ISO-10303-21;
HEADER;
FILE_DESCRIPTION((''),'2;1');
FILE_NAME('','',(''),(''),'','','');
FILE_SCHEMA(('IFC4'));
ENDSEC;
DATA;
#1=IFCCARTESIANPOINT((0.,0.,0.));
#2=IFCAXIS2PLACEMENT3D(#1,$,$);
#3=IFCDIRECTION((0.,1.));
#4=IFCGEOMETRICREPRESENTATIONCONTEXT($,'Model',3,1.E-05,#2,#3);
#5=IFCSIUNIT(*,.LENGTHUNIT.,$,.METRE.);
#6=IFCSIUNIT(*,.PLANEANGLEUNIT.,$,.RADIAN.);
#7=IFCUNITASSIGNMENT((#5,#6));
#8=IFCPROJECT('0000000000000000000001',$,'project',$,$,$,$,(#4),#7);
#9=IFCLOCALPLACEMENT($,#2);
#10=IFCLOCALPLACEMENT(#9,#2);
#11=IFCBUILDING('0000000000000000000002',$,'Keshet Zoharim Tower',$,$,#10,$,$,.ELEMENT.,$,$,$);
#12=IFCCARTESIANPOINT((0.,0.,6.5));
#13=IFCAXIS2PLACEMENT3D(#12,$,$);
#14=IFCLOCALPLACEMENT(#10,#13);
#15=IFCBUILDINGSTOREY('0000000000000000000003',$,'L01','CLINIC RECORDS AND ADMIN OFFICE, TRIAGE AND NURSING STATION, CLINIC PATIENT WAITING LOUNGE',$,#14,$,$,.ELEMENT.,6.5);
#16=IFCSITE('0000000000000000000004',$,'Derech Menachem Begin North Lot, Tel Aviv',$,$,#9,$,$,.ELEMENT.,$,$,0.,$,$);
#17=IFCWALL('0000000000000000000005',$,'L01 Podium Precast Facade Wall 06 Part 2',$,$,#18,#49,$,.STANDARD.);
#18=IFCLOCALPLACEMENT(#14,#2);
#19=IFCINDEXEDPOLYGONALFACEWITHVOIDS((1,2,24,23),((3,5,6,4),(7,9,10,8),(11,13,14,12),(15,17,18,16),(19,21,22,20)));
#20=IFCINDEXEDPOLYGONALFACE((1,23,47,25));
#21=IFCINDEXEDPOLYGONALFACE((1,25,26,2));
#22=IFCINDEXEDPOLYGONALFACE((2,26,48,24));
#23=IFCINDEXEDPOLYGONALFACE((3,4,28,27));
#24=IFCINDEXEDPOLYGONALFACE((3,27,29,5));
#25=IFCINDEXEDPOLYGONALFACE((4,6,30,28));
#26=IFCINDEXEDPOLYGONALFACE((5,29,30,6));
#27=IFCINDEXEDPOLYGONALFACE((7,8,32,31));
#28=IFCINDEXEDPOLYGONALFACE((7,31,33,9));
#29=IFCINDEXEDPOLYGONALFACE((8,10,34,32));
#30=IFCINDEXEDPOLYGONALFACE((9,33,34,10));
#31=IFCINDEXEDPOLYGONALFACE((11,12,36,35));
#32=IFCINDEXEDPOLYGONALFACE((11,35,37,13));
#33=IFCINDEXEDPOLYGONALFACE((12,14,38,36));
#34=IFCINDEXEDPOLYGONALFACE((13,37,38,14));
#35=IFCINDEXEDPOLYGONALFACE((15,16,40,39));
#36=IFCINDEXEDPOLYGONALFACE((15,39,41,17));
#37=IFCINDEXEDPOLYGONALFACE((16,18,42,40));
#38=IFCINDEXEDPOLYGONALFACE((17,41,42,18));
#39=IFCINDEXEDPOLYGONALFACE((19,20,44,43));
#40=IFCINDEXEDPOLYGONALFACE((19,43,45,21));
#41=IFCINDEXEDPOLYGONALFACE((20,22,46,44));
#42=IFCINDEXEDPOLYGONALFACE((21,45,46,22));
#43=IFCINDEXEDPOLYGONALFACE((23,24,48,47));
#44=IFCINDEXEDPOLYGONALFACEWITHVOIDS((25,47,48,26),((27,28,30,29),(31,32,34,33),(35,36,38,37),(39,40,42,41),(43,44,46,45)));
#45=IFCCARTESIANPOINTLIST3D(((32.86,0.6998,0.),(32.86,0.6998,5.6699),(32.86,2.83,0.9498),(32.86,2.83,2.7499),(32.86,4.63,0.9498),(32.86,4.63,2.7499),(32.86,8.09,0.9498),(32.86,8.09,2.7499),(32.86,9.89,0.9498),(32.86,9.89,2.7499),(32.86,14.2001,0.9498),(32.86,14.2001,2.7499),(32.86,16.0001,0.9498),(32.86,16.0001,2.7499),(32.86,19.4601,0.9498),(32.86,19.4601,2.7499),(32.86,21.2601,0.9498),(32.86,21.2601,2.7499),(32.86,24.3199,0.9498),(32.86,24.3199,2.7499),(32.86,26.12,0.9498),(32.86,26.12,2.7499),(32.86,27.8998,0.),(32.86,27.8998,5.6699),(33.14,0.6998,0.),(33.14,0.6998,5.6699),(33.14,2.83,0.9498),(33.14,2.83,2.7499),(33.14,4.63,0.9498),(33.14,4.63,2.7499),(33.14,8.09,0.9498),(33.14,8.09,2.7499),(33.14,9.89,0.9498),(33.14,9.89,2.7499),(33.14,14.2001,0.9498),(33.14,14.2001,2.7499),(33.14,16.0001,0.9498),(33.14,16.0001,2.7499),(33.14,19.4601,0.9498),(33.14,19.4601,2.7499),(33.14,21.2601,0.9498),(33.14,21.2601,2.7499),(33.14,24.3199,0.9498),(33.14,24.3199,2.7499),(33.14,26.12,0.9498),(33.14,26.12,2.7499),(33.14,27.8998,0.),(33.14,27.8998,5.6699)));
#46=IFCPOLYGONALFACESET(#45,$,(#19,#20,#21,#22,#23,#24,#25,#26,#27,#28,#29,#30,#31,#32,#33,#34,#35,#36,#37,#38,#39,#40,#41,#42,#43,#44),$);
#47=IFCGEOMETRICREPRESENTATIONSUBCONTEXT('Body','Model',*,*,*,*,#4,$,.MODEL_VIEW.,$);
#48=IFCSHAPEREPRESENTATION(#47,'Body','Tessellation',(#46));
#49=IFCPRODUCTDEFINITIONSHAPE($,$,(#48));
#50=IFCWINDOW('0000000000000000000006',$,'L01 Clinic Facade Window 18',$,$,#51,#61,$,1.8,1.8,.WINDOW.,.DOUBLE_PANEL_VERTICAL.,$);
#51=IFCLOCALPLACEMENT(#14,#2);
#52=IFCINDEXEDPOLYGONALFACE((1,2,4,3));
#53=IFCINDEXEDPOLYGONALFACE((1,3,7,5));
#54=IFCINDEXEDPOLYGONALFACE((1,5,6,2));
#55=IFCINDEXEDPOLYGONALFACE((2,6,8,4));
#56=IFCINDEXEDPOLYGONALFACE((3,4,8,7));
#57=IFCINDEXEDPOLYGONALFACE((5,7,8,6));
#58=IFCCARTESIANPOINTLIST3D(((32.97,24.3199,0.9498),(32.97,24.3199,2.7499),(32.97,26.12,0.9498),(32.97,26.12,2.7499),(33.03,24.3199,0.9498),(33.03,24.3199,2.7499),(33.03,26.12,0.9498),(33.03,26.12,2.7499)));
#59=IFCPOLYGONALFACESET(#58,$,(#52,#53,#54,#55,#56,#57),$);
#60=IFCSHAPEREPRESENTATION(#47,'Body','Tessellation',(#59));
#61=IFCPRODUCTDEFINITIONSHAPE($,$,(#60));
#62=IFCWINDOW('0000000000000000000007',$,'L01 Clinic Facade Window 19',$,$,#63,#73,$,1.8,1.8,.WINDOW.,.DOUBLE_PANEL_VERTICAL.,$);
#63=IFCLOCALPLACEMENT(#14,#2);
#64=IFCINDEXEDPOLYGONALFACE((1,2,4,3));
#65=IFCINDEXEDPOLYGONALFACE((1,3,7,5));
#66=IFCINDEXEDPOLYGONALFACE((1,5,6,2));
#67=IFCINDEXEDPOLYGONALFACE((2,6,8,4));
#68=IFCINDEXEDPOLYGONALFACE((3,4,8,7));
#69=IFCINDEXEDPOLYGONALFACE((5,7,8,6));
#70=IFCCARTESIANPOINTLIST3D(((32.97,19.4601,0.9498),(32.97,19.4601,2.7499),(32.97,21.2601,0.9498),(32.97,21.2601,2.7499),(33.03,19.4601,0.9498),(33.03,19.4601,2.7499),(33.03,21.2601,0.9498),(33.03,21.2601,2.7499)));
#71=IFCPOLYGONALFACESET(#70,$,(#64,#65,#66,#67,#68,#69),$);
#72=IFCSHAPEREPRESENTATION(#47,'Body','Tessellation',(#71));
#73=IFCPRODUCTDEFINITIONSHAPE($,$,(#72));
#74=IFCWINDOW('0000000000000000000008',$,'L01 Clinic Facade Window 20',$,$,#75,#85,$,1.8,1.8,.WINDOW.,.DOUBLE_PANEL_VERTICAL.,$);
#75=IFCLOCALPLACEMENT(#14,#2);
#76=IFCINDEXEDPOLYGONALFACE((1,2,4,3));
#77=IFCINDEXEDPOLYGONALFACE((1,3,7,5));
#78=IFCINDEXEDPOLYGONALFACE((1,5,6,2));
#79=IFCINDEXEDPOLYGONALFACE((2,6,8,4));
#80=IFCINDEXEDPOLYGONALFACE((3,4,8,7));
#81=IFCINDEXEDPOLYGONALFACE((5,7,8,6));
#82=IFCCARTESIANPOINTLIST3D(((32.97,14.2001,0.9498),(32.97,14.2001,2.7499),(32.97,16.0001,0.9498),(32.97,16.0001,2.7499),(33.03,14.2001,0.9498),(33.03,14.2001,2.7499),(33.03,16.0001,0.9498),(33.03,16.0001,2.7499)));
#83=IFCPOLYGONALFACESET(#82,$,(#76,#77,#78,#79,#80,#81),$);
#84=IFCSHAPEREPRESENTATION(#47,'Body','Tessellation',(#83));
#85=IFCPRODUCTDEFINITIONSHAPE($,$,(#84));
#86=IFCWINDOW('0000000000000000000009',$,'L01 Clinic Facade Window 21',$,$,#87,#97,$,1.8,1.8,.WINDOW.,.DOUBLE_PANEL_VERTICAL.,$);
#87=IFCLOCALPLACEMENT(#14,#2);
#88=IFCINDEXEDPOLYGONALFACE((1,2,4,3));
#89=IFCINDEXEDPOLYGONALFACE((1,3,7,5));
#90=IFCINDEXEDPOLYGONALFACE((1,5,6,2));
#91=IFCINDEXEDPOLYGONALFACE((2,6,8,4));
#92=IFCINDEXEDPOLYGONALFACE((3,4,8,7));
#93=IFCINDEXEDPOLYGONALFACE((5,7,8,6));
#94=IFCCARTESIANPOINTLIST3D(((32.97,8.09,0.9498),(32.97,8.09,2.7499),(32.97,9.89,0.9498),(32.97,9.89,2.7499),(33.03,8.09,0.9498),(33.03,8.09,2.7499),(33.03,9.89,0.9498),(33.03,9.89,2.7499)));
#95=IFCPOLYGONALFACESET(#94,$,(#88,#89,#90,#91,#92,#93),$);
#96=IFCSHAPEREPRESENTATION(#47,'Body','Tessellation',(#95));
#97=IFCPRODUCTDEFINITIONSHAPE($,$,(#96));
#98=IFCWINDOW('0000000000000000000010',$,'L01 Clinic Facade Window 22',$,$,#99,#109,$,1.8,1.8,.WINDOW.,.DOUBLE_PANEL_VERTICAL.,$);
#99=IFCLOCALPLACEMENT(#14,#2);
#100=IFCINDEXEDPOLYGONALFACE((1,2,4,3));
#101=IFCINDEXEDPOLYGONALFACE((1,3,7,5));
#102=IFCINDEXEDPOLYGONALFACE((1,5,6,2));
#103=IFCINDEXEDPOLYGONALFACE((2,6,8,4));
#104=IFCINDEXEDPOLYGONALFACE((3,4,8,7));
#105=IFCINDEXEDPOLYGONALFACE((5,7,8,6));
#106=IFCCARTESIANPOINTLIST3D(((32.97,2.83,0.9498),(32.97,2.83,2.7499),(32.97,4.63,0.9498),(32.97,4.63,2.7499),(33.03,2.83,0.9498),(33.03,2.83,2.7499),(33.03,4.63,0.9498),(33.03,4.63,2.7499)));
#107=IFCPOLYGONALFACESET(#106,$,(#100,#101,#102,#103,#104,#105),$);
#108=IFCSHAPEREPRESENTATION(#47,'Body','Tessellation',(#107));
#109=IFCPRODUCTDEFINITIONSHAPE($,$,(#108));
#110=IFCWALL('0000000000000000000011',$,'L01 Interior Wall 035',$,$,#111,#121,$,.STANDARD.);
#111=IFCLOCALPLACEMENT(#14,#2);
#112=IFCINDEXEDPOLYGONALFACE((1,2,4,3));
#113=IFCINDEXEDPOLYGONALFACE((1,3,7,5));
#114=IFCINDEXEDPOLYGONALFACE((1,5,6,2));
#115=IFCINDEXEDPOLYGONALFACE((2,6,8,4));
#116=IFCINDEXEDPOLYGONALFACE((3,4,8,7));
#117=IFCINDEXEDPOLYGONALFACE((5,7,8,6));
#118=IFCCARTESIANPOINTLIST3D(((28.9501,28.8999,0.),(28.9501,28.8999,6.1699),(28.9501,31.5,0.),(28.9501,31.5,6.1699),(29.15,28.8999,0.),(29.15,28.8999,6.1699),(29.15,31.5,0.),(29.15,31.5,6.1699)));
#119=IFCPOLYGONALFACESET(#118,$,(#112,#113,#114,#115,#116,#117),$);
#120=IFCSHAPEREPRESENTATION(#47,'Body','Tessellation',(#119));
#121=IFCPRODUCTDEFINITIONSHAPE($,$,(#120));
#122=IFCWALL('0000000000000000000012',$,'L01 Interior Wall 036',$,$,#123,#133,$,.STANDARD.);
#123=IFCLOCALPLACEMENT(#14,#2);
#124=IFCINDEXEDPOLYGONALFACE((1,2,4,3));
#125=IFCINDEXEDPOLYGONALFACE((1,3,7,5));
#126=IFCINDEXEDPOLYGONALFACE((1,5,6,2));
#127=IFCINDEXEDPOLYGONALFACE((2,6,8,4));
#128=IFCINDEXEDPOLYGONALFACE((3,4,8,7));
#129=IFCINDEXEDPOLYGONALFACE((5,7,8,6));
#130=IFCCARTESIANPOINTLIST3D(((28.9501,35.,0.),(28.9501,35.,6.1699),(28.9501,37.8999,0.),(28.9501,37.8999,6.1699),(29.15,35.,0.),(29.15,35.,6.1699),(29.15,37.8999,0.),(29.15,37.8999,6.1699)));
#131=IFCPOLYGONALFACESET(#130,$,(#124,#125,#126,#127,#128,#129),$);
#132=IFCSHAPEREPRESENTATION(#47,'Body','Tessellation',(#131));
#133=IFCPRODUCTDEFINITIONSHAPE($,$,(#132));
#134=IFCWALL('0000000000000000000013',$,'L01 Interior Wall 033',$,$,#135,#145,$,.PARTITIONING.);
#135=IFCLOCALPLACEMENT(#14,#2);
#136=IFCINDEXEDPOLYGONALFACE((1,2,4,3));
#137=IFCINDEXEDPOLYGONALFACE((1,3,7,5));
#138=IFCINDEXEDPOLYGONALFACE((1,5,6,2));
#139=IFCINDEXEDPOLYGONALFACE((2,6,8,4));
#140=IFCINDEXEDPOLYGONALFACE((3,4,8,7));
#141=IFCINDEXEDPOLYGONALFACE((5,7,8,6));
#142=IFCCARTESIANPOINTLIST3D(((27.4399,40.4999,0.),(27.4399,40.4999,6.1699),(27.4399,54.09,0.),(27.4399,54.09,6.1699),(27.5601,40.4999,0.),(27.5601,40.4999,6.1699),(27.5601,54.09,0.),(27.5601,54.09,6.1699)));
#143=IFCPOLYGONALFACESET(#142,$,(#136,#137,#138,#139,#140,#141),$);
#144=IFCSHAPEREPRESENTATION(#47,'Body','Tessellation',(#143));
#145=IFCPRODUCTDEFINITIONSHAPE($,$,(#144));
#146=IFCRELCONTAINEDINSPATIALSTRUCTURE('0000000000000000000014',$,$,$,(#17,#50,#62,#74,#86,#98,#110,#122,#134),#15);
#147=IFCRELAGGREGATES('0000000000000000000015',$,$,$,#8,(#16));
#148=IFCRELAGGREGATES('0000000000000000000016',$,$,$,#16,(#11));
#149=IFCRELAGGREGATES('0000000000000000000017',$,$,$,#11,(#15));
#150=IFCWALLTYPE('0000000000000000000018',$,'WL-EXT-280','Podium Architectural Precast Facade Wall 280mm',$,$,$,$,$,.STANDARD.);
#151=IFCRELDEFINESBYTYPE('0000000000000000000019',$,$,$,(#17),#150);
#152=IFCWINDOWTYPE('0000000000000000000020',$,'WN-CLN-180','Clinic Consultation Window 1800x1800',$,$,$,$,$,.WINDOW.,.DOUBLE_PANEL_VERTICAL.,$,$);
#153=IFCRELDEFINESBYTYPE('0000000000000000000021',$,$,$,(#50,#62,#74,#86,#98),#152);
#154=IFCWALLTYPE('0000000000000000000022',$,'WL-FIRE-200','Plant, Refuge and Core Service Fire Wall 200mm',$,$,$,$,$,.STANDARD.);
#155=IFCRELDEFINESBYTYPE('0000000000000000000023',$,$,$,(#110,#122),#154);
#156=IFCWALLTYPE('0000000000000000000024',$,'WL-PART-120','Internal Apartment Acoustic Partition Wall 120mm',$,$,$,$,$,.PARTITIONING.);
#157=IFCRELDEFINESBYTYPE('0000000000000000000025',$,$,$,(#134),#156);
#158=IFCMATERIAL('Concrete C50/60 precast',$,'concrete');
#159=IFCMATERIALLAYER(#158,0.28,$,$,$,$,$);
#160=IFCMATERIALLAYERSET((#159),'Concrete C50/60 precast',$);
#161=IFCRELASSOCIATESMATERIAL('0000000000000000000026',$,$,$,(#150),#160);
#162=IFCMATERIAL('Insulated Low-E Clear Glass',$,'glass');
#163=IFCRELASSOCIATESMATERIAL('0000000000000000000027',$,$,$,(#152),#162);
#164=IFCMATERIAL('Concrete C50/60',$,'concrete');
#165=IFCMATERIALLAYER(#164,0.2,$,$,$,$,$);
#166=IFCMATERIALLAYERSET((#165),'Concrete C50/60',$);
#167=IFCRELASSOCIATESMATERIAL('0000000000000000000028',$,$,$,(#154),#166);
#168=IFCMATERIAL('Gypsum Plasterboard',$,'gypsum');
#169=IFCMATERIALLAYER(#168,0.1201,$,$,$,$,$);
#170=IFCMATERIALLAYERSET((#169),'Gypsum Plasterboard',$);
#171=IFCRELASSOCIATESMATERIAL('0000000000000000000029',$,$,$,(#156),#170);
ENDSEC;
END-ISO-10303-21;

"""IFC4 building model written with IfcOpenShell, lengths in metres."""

from ifc_helpers import new_model, si_unit, direction, frame, frame_2d, origin, place, context, subcontext, project, spatial, rectangle, extrude, material, layer, layer_set, type_object, element, fill, save


model = new_model("IFC4")

# Units and contexts
model_context = context("Model", 3, precision=1e-05, world=origin(), true_north=direction((0.0, 1.0)))
body_context = subcontext(model_context, "Body", "Model", "MODEL_VIEW")
ifc_project = project(units=[si_unit("LENGTHUNIT", "METRE"), si_unit("PLANEANGLEUNIT", "RADIAN")], contexts=[model_context])

# Site, building, storey
site_placement = place(None, origin())
site = spatial("IfcSite", under=ifc_project, at=site_placement, Name="Derech Menachem Begin North Lot, Tel Aviv", CompositionType="ELEMENT", RefElevation=0.0)
building_placement = place(site_placement, origin())
building = spatial("IfcBuilding", under=site, at=building_placement, Name="Keshet Zoharim Tower", CompositionType="ELEMENT")
storey_placement = place(building_placement, frame((0.0, 0.0, 6.5)))
storey = spatial("IfcBuildingStorey", under=building, at=storey_placement, Name="L01", Description="CLINIC RECORDS AND ADMIN OFFICE, TRIAGE AND NURSING STATION, CLINIC PATIENT WAITING LOUNGE", CompositionType="ELEMENT", Elevation=6.5)

# Shared definitions
ifc_material_1 = material(Name="Concrete C50/60", Category="concrete")

# Wall, openings, windows
ifc_material_2 = material(Name="Concrete C50/60 precast", Category="concrete")
ifc_layer_1 = layer(ifc_material_2, 0.28)
ifc_layer_set_1 = layer_set([ifc_layer_1], Name="Concrete C50/60 precast")
wall_type_1 = type_object("IfcWallType", Name="WL-EXT-280", Description="Podium Architectural Precast Facade Wall 280mm", PredefinedType="STANDARD", material=ifc_layer_set_1)
wall_1_placement = place(storey_placement, frame((33.0, 27.8999, 0.0), z_axis=(0.0, 0.0, 1.0), x_axis=(0.0, -1.0, 0.0)))
wall_1 = element("IfcWall", 1, at=wall_1_placement, inside=storey, type_object=wall_type_1, Name="L01 Podium Precast Facade Wall 06 Part 2", PredefinedType="STANDARD", context=body_context, shape_type="SweptSolid", body=[
    extrude(rectangle(XDim=27.2, YDim=0.28, at=frame_2d((13.6001, 0.0))), origin(), (0.0, 0.0, 1.0), 5.6699),
])
opening_1_placement = place(wall_1_placement, frame((1.78, 0.0, 0.95)))
opening_1 = element("IfcOpeningElement", 2, at=opening_1_placement, cuts=wall_1, PredefinedType="OPENING", context=body_context, shape_type="SweptSolid", body=[
    extrude(rectangle(XDim=1.8, YDim=1.8, at=frame_2d((0.8999, 0.8999))), frame((0.0, 0.1499, 0.0), z_axis=(0.0, -1.0, 0.0), x_axis=(1.0, 0.0, 0.0)), (0.0, 0.0, 1.0), 0.3),
])
opening_2_placement = place(wall_1_placement, frame((6.6399, 0.0, 0.95)))
opening_2 = element("IfcOpeningElement", 3, at=opening_2_placement, cuts=wall_1, PredefinedType="OPENING", context=body_context, shape_type="SweptSolid", body=[
    extrude(rectangle(XDim=1.8, YDim=1.8, at=frame_2d((0.8999, 0.8999))), frame((0.0, 0.1499, 0.0), z_axis=(0.0, -1.0, 0.0), x_axis=(1.0, 0.0, 0.0)), (0.0, 0.0, 1.0), 0.3),
])
opening_3_placement = place(wall_1_placement, frame((11.8999, 0.0, 0.95)))
opening_3 = element("IfcOpeningElement", 4, at=opening_3_placement, cuts=wall_1, PredefinedType="OPENING", context=body_context, shape_type="SweptSolid", body=[
    extrude(rectangle(XDim=1.8, YDim=1.8, at=frame_2d((0.8999, 0.8999))), frame((0.0, 0.1499, 0.0), z_axis=(0.0, -1.0, 0.0), x_axis=(1.0, 0.0, 0.0)), (0.0, 0.0, 1.0), 0.3),
])
opening_4_placement = place(wall_1_placement, frame((18.01, 0.0, 0.95)))
opening_4 = element("IfcOpeningElement", 5, at=opening_4_placement, cuts=wall_1, PredefinedType="OPENING", context=body_context, shape_type="SweptSolid", body=[
    extrude(rectangle(XDim=1.8, YDim=1.8, at=frame_2d((0.8999, 0.8999))), frame((0.0, 0.1499, 0.0), z_axis=(0.0, -1.0, 0.0), x_axis=(1.0, 0.0, 0.0)), (0.0, 0.0, 1.0), 0.3),
])
opening_5_placement = place(wall_1_placement, frame((23.27, 0.0, 0.95)))
opening_5 = element("IfcOpeningElement", 6, at=opening_5_placement, cuts=wall_1, PredefinedType="OPENING", context=body_context, shape_type="SweptSolid", body=[
    extrude(rectangle(XDim=1.8, YDim=1.8, at=frame_2d((0.8999, 0.8999))), frame((0.0, 0.1499, 0.0), z_axis=(0.0, -1.0, 0.0), x_axis=(1.0, 0.0, 0.0)), (0.0, 0.0, 1.0), 0.3),
])
ifc_material_3 = material(Name="Insulated Low-E Clear Glass", Category="glass")
window_type = type_object("IfcWindowType", Name="WN-CLN-180", Description="Clinic Consultation Window 1800x1800", PartitioningType="DOUBLE_PANEL_VERTICAL", PredefinedType="WINDOW", material=ifc_material_3)
window_1_placement = place(opening_1_placement, origin())
window_1 = element("IfcWindow", 7, at=window_1_placement, inside=storey, type_object=window_type, Name="L01 Clinic Facade Window 18", OverallHeight=1.8, OverallWidth=1.8, PartitioningType="DOUBLE_PANEL_VERTICAL", PredefinedType="WINDOW", context=body_context, shape_type="SweptSolid", body=[
    extrude(rectangle(XDim=1.8, YDim=1.8, at=frame_2d((0.8999, 0.8999))), frame((0.0, 0.03, 0.0), z_axis=(0.0, -1.0, 0.0), x_axis=(1.0, 0.0, 0.0)), (0.0, 0.0, 1.0), 0.0601),
])
fill(opening_1, window_1)
window_2_placement = place(opening_2_placement, origin())
window_2 = element("IfcWindow", 8, at=window_2_placement, inside=storey, type_object=window_type, Name="L01 Clinic Facade Window 19", OverallHeight=1.8, OverallWidth=1.8, PartitioningType="DOUBLE_PANEL_VERTICAL", PredefinedType="WINDOW", context=body_context, shape_type="SweptSolid", body=[
    extrude(rectangle(XDim=1.8, YDim=1.8, at=frame_2d((0.8999, 0.8999))), frame((0.0, 0.03, 0.0), z_axis=(0.0, -1.0, 0.0), x_axis=(1.0, 0.0, 0.0)), (0.0, 0.0, 1.0), 0.0601),
])
fill(opening_2, window_2)
window_3_placement = place(opening_3_placement, origin())
window_3 = element("IfcWindow", 9, at=window_3_placement, inside=storey, type_object=window_type, Name="L01 Clinic Facade Window 20", OverallHeight=1.8, OverallWidth=1.8, PartitioningType="DOUBLE_PANEL_VERTICAL", PredefinedType="WINDOW", context=body_context, shape_type="SweptSolid", body=[
    extrude(rectangle(XDim=1.8, YDim=1.8, at=frame_2d((0.8999, 0.8999))), frame((0.0, 0.03, 0.0), z_axis=(0.0, -1.0, 0.0), x_axis=(1.0, 0.0, 0.0)), (0.0, 0.0, 1.0), 0.0601),
])
fill(opening_3, window_3)
window_4_placement = place(opening_4_placement, origin())
window_4 = element("IfcWindow", 10, at=window_4_placement, inside=storey, type_object=window_type, Name="L01 Clinic Facade Window 21", OverallHeight=1.8, OverallWidth=1.8, PartitioningType="DOUBLE_PANEL_VERTICAL", PredefinedType="WINDOW", context=body_context, shape_type="SweptSolid", body=[
    extrude(rectangle(XDim=1.8, YDim=1.8, at=frame_2d((0.8999, 0.8999))), frame((0.0, 0.03, 0.0), z_axis=(0.0, -1.0, 0.0), x_axis=(1.0, 0.0, 0.0)), (0.0, 0.0, 1.0), 0.0601),
])
fill(opening_4, window_4)
window_5_placement = place(opening_5_placement, origin())
window_5 = element("IfcWindow", 11, at=window_5_placement, inside=storey, type_object=window_type, Name="L01 Clinic Facade Window 22", OverallHeight=1.8, OverallWidth=1.8, PartitioningType="DOUBLE_PANEL_VERTICAL", PredefinedType="WINDOW", context=body_context, shape_type="SweptSolid", body=[
    extrude(rectangle(XDim=1.8, YDim=1.8, at=frame_2d((0.8999, 0.8999))), frame((0.0, 0.03, 0.0), z_axis=(0.0, -1.0, 0.0), x_axis=(1.0, 0.0, 0.0)), (0.0, 0.0, 1.0), 0.0601),
])
fill(opening_5, window_5)

# Walls
ifc_layer_2 = layer(ifc_material_1, 0.2)
ifc_layer_set_2 = layer_set([ifc_layer_2], Name="Concrete C50/60")
wall_type_2 = type_object("IfcWallType", Name="WL-FIRE-200", Description="Plant, Refuge and Core Service Fire Wall 200mm", PredefinedType="STANDARD", material=ifc_layer_set_2)
wall_2_placement = place(storey_placement, frame((29.05, 28.8999, 0.0), z_axis=(0.0, 0.0, 1.0), x_axis=(0.0, 1.0, 0.0)))
element("IfcWall", 12, at=wall_2_placement, inside=storey, type_object=wall_type_2, Name="L01 Interior Wall 035", PredefinedType="STANDARD", context=body_context, shape_type="SweptSolid", body=[
    extrude(rectangle(XDim=2.6001, YDim=0.2, at=frame_2d((1.3, 0.0))), origin(), (0.0, 0.0, 1.0), 6.1699),
])
wall_3_placement = place(storey_placement, frame((29.05, 35.0, 0.0), z_axis=(0.0, 0.0, 1.0), x_axis=(0.0, 1.0, 0.0)))
element("IfcWall", 13, at=wall_3_placement, inside=storey, type_object=wall_type_2, Name="L01 Interior Wall 036", PredefinedType="STANDARD", context=body_context, shape_type="SweptSolid", body=[
    extrude(rectangle(XDim=2.8999, YDim=0.2, at=frame_2d((1.45, 0.0))), origin(), (0.0, 0.0, 1.0), 6.1699),
])
ifc_material_4 = material(Name="Gypsum Plasterboard", Category="gypsum")
ifc_layer_3 = layer(ifc_material_4, 0.1201)
ifc_layer_set_3 = layer_set([ifc_layer_3], Name="Gypsum Plasterboard")
wall_type_3 = type_object("IfcWallType", Name="WL-PART-120", Description="Internal Apartment Acoustic Partition Wall 120mm", PredefinedType="PARTITIONING", material=ifc_layer_set_3)
wall_4_placement = place(storey_placement, frame((27.5, 40.5, 0.0), z_axis=(0.0, 0.0, 1.0), x_axis=(0.0, 1.0, 0.0)))
element("IfcWall", 14, at=wall_4_placement, inside=storey, type_object=wall_type_3, Name="L01 Interior Wall 033", PredefinedType="PARTITIONING", context=body_context, shape_type="SweptSolid", body=[
    extrude(rectangle(XDim=13.5901, YDim=0.1201, at=frame_2d((6.7949, 0.0))), origin(), (0.0, 0.0, 1.0), 6.1699),
])

save(model, "model.ifc")
